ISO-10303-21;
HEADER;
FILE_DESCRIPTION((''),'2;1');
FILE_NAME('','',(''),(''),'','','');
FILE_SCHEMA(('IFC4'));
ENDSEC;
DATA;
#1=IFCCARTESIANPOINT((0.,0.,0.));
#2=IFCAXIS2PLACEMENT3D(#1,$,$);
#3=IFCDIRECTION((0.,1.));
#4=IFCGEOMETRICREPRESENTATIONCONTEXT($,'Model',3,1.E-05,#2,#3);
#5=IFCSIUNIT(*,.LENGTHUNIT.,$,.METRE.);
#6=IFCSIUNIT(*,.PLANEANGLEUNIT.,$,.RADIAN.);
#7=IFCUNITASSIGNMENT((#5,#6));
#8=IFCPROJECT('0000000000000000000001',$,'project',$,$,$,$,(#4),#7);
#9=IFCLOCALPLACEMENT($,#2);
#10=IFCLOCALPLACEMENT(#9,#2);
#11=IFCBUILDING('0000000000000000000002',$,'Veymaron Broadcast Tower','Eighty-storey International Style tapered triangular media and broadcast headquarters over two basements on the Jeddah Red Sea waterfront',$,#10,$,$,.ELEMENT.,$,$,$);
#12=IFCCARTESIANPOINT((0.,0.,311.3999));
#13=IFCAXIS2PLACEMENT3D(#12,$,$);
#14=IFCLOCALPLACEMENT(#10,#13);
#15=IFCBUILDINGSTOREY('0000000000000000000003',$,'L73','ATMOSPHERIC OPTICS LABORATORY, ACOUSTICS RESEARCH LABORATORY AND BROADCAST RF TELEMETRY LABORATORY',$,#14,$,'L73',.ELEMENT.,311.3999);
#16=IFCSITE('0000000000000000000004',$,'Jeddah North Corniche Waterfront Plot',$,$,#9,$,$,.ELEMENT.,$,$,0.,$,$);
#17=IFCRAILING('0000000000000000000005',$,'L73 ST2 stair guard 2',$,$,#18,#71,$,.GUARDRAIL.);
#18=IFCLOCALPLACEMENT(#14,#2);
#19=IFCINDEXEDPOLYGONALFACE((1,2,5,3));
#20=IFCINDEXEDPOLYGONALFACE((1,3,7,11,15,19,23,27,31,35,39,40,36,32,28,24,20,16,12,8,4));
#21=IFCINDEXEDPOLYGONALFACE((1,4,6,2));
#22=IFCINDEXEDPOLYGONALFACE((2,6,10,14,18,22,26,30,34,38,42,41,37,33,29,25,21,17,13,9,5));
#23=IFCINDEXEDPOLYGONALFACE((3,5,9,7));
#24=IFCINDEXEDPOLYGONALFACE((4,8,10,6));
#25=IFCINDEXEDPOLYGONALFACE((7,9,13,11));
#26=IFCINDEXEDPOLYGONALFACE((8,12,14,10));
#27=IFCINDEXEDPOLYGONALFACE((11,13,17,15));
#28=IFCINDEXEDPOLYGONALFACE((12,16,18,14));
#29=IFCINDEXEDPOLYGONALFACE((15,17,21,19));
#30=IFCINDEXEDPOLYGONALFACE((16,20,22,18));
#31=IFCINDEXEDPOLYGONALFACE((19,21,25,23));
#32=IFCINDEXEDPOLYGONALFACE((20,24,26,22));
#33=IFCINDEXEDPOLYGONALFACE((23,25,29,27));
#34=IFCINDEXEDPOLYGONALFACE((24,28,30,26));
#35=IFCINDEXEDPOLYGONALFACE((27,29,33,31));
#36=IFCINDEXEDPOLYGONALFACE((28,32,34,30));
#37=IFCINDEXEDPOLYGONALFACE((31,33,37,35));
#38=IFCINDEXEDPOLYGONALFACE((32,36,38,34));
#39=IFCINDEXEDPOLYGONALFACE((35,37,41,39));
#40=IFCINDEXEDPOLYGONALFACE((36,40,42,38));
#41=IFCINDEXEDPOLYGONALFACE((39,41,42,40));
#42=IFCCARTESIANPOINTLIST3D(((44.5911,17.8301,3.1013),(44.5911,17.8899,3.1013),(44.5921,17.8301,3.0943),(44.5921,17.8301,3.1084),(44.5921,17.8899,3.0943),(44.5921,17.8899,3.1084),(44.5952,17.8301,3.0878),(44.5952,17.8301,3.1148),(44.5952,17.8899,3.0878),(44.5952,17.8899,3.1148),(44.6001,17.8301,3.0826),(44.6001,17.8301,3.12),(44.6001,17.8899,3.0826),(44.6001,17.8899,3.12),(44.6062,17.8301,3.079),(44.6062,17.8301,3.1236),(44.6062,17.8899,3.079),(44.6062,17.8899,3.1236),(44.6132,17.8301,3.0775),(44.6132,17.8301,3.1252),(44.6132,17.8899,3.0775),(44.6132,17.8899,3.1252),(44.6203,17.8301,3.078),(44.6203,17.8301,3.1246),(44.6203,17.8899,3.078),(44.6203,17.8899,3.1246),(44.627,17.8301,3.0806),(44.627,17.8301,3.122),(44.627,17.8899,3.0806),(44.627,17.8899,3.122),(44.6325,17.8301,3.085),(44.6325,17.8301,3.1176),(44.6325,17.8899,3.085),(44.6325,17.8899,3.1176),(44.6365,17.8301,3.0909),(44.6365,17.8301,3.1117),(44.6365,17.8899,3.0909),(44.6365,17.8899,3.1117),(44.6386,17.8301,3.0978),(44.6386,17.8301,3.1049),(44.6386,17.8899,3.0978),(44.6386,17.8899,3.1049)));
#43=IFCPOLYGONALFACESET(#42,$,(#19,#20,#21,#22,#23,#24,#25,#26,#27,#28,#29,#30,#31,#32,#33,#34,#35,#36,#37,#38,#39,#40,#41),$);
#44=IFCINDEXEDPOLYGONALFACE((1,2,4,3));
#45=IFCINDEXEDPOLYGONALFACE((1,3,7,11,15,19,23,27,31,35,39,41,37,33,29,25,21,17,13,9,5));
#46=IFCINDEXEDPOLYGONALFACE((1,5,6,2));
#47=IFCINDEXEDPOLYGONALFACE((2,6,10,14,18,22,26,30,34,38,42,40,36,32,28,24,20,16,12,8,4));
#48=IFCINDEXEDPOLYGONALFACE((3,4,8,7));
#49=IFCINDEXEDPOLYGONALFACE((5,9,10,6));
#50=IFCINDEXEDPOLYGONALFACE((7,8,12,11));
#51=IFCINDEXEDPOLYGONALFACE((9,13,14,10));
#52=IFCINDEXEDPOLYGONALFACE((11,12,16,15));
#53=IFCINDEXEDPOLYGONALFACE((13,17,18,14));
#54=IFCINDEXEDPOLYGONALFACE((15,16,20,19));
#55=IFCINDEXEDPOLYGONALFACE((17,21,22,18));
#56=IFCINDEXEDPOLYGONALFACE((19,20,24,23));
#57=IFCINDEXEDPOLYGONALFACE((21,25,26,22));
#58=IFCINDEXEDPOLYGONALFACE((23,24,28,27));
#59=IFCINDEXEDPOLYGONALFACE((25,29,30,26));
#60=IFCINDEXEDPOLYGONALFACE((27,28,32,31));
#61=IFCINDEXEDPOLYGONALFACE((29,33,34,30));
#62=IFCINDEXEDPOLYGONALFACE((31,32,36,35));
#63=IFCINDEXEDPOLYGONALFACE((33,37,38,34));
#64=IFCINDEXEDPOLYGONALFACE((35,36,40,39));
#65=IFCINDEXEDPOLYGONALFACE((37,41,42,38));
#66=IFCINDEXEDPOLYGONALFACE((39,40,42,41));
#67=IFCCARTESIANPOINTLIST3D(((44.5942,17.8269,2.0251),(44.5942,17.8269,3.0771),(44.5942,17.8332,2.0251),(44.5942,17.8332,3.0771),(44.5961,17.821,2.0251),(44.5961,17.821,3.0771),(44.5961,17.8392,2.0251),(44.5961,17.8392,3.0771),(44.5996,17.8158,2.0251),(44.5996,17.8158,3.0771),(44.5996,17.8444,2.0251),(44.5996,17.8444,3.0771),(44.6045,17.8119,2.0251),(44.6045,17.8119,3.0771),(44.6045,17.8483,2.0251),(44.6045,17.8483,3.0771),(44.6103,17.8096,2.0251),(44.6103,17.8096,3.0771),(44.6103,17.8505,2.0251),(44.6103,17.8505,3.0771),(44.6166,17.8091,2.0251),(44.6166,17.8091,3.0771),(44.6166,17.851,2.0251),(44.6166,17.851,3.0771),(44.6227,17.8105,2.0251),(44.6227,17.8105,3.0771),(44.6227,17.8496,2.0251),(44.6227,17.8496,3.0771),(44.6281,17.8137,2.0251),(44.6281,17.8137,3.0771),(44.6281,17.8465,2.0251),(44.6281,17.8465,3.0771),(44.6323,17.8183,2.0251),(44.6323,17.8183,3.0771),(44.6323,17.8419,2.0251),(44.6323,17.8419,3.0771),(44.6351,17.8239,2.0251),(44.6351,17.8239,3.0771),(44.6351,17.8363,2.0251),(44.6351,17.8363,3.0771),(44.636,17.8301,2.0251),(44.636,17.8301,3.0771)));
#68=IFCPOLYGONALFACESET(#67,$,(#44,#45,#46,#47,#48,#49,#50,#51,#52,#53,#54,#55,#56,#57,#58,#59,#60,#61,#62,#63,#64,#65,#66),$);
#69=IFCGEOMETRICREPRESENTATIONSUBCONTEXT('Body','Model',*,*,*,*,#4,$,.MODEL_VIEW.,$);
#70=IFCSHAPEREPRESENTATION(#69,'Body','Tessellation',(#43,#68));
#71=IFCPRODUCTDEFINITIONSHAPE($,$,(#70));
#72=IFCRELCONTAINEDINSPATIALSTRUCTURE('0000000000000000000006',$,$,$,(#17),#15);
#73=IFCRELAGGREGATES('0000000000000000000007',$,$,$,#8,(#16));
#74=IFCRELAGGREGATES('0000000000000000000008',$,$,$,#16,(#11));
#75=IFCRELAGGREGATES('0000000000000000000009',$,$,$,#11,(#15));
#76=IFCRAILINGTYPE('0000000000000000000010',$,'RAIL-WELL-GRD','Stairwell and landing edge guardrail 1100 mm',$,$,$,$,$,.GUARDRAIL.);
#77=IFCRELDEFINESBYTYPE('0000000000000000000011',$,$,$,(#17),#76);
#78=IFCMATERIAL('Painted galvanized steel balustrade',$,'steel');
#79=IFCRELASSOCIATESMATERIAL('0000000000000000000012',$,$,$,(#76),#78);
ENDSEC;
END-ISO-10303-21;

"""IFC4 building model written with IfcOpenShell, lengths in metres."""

from ifc_helpers import new_model, si_unit, direction, frame, origin, origin_2d, place, context, subcontext, project, spatial, circle, extrude, material, type_object, element, save


model = new_model("IFC4")

# Units and contexts
model_context = context("Model", 3, precision=1e-05, world=origin(), true_north=direction((0.0, 1.0)))
body_context = subcontext(model_context, "Body", "Model", "MODEL_VIEW")
ifc_project = project(units=[si_unit("LENGTHUNIT", "METRE"), si_unit("PLANEANGLEUNIT", "RADIAN")], contexts=[model_context])

# Site, building, storey
site_placement = place(None, origin())
site = spatial("IfcSite", under=ifc_project, at=site_placement, Name="Jeddah North Corniche Waterfront Plot", CompositionType="ELEMENT", RefElevation=0.0)
building_placement = place(site_placement, origin())
building = spatial("IfcBuilding", under=site, at=building_placement, Name="Veymaron Broadcast Tower", Description="Eighty-storey International Style tapered triangular media and broadcast headquarters over two basements on the Jeddah Red Sea waterfront", CompositionType="ELEMENT")
storey_placement = place(building_placement, frame((0.0, 0.0, 311.3999)))
storey = spatial("IfcBuildingStorey", under=building, at=storey_placement, Name="L73", Description="ATMOSPHERIC OPTICS LABORATORY, ACOUSTICS RESEARCH LABORATORY AND BROADCAST RF TELEMETRY LABORATORY", LongName="L73", CompositionType="ELEMENT", Elevation=311.3999)

# Railing
ifc_material_1 = material(Name="Painted galvanized steel balustrade", Category="steel")
railing_type_1 = type_object("IfcRailingType", Name="RAIL-WELL-GRD", Description="Stairwell and landing edge guardrail 1100 mm", PredefinedType="GUARDRAIL", material=ifc_material_1)
railing_1_placement = place(storey_placement, frame((44.615, 17.8301, 2.0251)))
element("IfcRailing", 1, at=railing_1_placement, inside=storey, type_object=railing_type_1, Name="L73 ST2 stair guard 2", PredefinedType="GUARDRAIL", context=body_context, shape_type="SweptSolid", body=[
    extrude(circle(Radius=0.0239, at=origin_2d()), frame((0.0, 0.0, 1.0762), z_axis=(0.0, 1.0, 0.0), x_axis=(-1.0, 0.0, 0.0)), (0.0, 0.0, 1.0), 0.0598),
    extrude(circle(Radius=0.021, at=origin_2d()), origin(), (0.0, 0.0, 1.0), 1.052),
])

save(model, "model.ifc")
